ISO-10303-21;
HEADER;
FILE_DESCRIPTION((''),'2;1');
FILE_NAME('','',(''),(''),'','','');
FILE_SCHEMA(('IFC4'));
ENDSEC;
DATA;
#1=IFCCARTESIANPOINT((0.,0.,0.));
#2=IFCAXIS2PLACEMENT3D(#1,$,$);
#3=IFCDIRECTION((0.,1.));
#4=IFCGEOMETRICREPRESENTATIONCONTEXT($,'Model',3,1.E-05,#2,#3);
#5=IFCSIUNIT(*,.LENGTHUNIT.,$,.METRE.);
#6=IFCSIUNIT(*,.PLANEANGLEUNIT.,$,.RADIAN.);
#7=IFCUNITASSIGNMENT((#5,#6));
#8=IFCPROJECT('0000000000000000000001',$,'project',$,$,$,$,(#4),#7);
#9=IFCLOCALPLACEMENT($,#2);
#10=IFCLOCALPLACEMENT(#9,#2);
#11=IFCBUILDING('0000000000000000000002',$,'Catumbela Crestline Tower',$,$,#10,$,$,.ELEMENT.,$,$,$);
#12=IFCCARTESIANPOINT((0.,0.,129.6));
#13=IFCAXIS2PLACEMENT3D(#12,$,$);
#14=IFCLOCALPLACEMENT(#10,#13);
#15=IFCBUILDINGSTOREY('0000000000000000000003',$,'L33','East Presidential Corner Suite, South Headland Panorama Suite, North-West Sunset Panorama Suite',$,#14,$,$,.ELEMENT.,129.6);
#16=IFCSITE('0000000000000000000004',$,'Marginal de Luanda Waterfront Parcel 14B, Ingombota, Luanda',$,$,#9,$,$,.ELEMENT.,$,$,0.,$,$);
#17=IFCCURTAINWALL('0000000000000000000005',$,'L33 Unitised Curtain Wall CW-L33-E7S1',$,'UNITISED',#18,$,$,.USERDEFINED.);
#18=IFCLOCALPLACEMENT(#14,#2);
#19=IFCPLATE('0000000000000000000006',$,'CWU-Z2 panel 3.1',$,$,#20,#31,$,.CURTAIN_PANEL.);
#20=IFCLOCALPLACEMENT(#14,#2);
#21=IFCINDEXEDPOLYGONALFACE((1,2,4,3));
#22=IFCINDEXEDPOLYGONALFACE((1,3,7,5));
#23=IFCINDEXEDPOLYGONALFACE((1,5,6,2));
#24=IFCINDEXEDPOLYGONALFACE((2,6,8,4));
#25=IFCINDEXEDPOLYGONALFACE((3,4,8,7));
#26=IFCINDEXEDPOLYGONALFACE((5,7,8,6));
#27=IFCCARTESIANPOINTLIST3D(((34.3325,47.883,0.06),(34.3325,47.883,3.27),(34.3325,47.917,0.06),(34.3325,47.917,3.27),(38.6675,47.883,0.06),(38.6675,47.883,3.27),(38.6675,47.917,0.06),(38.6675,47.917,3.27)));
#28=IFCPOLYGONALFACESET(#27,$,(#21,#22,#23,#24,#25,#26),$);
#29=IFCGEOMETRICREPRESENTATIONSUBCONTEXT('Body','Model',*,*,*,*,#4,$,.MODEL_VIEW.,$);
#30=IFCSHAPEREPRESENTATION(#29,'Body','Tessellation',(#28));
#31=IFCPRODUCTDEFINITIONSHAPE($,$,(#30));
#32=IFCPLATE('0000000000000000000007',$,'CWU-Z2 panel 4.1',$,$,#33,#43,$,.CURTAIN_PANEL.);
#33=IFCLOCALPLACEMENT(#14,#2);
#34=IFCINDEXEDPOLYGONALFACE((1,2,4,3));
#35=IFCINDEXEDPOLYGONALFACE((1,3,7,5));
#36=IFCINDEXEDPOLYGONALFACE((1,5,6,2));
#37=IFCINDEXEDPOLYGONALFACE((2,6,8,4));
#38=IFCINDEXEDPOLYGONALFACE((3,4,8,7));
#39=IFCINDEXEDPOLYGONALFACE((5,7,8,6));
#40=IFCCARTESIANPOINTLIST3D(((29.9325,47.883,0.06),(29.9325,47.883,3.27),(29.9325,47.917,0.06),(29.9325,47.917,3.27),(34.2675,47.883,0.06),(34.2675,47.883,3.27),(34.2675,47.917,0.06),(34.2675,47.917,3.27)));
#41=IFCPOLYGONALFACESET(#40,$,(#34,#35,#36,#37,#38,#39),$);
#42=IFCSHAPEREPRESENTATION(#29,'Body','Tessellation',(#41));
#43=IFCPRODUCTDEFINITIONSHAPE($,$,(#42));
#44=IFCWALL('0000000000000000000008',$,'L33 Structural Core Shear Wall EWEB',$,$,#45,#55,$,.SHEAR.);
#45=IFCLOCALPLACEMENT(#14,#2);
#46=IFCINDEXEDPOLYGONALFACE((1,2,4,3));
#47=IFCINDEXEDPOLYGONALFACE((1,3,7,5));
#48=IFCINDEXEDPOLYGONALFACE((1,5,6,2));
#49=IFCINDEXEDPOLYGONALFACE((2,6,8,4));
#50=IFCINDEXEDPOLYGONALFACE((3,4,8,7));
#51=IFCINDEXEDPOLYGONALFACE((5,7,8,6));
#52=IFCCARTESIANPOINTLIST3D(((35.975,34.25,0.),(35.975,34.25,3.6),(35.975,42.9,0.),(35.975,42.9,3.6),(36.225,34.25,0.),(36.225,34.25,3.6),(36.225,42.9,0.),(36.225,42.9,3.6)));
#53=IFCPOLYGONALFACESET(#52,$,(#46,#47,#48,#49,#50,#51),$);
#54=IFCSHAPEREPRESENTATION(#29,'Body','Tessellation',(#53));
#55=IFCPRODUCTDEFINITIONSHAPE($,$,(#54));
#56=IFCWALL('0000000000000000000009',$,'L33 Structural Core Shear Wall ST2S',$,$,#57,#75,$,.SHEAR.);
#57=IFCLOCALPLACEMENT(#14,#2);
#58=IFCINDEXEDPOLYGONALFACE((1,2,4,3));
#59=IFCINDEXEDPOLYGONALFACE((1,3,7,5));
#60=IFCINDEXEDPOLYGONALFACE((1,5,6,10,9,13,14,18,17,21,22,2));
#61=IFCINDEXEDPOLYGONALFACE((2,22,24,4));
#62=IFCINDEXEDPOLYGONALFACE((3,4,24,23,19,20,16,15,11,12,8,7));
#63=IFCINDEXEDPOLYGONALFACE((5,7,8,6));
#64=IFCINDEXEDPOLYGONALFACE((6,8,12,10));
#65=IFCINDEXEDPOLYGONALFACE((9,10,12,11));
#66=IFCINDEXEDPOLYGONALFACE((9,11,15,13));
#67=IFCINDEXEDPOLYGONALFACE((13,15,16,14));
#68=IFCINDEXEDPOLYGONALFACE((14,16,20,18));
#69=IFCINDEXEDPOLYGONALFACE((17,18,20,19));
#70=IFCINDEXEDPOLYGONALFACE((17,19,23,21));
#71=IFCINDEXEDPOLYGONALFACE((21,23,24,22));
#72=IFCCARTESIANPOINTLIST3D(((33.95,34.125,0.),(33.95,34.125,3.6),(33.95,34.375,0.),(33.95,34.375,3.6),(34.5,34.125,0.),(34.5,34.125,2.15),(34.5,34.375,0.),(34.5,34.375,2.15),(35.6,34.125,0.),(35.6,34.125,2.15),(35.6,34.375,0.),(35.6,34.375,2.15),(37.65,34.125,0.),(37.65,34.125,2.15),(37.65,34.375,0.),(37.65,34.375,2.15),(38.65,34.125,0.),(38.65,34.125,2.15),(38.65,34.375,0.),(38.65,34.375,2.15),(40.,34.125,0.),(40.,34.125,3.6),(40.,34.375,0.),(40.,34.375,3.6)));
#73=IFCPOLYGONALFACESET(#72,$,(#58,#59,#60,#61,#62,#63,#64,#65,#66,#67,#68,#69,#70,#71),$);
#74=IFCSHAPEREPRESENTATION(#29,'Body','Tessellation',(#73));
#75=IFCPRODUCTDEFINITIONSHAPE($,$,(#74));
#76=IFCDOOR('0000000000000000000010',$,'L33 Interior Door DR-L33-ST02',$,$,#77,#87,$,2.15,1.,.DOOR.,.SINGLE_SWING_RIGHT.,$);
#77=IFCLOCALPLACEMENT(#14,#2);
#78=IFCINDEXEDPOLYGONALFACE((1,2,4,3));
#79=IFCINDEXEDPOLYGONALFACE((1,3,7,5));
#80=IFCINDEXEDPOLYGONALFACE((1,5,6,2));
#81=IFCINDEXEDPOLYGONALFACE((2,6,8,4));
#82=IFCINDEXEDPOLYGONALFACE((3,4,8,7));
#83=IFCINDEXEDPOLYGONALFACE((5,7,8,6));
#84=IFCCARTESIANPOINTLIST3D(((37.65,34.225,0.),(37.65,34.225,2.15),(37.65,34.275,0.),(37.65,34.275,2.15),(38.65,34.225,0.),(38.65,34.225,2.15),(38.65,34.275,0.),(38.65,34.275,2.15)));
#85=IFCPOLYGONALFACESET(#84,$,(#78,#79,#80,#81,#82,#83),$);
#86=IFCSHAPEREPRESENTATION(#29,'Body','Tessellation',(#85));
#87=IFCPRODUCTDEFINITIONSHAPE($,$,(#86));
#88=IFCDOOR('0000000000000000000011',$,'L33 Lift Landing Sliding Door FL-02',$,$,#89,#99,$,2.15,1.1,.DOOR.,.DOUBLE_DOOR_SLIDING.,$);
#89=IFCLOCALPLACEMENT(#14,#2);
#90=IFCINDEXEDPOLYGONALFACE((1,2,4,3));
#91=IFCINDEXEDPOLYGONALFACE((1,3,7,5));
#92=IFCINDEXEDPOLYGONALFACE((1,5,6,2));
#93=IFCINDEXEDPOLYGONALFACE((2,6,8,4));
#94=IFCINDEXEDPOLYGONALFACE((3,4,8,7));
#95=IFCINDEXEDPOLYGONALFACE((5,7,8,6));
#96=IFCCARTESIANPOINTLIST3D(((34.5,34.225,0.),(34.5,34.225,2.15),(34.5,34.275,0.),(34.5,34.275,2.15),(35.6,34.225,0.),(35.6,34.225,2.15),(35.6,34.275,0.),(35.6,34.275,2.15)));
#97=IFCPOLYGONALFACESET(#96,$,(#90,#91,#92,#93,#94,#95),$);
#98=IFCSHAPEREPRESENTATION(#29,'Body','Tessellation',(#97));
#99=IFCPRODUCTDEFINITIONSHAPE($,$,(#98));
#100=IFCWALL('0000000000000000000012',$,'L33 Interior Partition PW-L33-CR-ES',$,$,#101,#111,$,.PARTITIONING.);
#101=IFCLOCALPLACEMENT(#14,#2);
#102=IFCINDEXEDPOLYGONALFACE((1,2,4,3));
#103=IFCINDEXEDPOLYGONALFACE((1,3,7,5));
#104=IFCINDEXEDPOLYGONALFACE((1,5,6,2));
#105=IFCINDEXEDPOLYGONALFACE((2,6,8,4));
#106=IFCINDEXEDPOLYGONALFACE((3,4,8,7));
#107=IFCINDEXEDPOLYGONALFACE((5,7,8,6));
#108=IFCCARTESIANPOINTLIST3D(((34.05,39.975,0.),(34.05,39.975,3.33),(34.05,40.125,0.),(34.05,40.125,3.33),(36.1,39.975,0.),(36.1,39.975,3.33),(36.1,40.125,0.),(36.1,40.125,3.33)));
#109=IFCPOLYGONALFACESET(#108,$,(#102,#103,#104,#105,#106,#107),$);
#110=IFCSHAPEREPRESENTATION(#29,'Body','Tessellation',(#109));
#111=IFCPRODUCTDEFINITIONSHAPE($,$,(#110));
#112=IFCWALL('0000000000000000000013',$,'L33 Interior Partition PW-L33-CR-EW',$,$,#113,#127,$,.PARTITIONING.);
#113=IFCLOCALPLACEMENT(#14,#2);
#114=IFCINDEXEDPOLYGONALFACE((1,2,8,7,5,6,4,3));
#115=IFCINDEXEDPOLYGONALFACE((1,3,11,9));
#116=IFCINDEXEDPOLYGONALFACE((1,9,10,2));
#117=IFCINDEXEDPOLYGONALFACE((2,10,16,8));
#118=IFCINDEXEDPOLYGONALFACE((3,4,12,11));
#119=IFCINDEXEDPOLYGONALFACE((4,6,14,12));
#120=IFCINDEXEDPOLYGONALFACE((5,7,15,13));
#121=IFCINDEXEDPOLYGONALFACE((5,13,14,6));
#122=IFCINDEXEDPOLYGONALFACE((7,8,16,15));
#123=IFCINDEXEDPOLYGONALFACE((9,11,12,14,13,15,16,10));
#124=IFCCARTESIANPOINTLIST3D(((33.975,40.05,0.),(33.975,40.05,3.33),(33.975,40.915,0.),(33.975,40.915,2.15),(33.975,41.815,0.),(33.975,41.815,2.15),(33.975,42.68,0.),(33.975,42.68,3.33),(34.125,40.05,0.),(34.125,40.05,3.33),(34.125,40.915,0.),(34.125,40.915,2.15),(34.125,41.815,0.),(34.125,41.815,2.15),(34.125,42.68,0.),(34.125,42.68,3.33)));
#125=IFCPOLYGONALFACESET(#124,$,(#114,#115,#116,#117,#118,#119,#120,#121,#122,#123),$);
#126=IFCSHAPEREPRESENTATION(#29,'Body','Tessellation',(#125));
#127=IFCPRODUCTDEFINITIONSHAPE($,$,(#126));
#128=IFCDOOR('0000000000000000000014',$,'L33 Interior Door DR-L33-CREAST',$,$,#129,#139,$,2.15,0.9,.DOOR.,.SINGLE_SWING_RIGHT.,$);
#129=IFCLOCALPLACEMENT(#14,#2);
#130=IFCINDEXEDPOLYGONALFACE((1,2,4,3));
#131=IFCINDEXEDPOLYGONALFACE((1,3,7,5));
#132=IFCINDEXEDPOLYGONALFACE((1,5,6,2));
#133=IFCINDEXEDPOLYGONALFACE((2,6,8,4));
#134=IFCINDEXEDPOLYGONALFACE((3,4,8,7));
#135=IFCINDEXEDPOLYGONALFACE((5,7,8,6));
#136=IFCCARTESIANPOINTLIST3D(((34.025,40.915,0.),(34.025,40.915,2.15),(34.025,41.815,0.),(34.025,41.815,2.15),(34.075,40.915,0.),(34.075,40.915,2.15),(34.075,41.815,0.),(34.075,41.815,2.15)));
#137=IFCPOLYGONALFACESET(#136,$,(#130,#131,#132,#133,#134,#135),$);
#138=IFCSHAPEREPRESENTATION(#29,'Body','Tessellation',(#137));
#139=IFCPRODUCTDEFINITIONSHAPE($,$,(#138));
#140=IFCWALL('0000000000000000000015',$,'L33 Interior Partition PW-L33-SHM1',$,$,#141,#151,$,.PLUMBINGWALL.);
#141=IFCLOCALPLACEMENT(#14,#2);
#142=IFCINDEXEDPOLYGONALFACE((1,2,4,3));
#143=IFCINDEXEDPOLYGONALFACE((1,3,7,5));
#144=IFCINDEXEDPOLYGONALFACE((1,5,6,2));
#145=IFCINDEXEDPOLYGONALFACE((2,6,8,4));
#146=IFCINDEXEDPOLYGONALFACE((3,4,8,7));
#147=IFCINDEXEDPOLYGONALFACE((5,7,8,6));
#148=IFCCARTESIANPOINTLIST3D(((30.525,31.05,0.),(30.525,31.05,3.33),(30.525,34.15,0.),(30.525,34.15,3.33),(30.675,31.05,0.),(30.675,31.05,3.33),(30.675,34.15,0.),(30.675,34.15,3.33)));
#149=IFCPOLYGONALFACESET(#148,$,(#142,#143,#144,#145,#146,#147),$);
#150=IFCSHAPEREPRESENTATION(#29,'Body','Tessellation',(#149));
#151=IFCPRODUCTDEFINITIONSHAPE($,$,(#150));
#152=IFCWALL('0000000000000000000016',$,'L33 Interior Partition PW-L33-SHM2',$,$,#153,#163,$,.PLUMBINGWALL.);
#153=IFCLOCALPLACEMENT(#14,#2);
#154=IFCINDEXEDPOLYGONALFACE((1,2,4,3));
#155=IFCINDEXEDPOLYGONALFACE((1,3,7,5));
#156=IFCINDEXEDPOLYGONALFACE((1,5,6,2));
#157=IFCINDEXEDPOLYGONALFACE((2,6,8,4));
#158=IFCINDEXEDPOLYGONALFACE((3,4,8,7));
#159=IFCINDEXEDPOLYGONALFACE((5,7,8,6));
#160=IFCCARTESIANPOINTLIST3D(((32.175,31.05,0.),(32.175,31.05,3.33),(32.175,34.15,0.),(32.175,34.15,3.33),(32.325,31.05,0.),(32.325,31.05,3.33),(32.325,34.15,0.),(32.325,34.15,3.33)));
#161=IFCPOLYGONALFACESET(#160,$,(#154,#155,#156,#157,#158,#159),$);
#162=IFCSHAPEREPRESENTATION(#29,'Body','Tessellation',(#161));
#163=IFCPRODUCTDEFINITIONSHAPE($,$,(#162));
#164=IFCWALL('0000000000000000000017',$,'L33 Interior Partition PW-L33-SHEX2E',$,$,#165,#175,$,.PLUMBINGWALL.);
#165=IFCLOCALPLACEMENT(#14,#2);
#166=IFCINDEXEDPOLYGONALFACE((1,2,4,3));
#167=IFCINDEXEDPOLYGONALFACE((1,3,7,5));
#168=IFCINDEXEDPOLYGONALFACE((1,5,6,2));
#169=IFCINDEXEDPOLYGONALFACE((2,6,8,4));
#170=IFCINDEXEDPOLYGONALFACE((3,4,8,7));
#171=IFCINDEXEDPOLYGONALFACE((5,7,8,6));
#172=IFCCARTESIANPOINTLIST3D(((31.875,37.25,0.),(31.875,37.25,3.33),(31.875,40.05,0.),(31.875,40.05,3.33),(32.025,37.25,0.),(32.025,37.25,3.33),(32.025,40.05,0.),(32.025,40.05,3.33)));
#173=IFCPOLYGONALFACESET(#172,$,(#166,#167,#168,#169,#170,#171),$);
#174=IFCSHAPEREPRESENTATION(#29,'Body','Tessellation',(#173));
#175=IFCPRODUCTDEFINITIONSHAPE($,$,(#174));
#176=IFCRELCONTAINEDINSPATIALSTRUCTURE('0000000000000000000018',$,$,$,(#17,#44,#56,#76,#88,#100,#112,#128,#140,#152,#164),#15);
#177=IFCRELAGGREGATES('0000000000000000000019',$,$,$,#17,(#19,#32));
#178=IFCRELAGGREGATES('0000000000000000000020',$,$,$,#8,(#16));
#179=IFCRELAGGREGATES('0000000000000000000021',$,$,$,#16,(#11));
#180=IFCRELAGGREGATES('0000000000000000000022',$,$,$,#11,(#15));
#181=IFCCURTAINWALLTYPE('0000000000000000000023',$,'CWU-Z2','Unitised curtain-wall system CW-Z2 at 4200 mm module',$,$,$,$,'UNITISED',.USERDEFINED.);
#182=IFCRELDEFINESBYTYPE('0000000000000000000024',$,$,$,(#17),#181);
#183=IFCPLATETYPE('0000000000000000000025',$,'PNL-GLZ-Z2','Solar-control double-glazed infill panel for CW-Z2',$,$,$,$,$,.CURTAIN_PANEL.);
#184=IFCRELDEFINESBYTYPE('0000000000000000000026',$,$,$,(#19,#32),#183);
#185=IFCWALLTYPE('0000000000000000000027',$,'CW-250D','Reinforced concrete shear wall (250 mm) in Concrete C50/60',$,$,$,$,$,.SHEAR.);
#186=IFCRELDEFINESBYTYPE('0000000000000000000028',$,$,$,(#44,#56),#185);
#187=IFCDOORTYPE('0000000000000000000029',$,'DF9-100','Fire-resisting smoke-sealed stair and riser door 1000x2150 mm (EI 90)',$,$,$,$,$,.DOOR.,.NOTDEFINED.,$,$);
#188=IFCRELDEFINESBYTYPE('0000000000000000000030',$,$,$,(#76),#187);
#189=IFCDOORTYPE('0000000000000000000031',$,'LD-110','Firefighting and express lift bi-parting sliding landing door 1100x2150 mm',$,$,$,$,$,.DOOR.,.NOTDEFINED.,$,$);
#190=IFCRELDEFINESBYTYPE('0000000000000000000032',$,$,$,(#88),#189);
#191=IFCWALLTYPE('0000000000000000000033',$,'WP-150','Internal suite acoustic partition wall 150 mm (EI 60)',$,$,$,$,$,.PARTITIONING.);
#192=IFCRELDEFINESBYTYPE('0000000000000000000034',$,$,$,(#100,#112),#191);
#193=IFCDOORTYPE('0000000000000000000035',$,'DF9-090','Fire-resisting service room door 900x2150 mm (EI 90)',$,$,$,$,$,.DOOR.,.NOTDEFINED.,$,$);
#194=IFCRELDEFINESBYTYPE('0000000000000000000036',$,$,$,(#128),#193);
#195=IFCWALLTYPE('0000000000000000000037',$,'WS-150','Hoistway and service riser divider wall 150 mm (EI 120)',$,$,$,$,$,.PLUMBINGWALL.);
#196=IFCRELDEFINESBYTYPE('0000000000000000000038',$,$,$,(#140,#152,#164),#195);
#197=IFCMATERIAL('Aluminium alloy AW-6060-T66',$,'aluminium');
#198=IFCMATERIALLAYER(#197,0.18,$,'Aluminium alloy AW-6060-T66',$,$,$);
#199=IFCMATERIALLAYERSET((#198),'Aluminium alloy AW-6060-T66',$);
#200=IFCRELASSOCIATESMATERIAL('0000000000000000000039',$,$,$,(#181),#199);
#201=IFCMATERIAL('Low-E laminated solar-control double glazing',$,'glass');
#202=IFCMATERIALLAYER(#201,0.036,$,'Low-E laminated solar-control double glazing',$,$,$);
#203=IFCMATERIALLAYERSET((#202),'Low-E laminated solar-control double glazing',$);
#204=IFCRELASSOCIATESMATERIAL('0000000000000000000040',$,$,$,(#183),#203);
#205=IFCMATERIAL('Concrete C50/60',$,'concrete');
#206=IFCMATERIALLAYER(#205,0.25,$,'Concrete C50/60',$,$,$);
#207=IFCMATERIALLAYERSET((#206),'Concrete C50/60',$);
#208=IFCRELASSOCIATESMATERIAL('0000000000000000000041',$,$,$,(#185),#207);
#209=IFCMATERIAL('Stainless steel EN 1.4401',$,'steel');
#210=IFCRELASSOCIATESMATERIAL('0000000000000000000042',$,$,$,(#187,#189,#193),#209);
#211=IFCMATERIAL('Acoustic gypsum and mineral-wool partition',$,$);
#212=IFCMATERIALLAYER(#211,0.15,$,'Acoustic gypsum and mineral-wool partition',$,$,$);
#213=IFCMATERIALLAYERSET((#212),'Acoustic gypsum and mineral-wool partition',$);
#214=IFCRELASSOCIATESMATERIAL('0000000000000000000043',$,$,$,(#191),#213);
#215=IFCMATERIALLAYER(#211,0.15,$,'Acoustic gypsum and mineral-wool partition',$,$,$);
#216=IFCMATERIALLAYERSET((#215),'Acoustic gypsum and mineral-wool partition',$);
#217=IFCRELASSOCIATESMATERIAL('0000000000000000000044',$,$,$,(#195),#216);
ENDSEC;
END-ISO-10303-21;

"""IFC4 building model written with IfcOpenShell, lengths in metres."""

from ifc_helpers import new_model, si_unit, direction, frame, frame_2d, origin, origin_2d, place, context, subcontext, project, spatial, rectangle, extrude, material, layer, layer_set, type_object, element, fill, aggregate, save


model = new_model("IFC4")

# Units and contexts
model_context = context("Model", 3, precision=1e-05, world=origin(), true_north=direction((0.0, 1.0)))
body_context = subcontext(model_context, "Body", "Model", "MODEL_VIEW")
ifc_project = project(units=[si_unit("LENGTHUNIT", "METRE"), si_unit("PLANEANGLEUNIT", "RADIAN")], contexts=[model_context])

# Site, building, storey
site_placement = place(None, origin())
site = spatial("IfcSite", under=ifc_project, at=site_placement, Name="Marginal de Luanda Waterfront Parcel 14B, Ingombota, Luanda", CompositionType="ELEMENT", RefElevation=0.0)
building_placement = place(site_placement, origin())
building = spatial("IfcBuilding", under=site, at=building_placement, Name="Catumbela Crestline Tower", CompositionType="ELEMENT")
storey_placement = place(building_placement, frame((0.0, 0.0, 129.6)))
storey = spatial("IfcBuildingStorey", under=building, at=storey_placement, Name="L33", Description="East Presidential Corner Suite, South Headland Panorama Suite, North-West Sunset Panorama Suite", CompositionType="ELEMENT", Elevation=129.6)

# Curtain wall
ifc_material_1 = material(Name="Aluminium alloy AW-6060-T66", Category="aluminium")
ifc_layer_1 = layer(ifc_material_1, 0.18, Name="Aluminium alloy AW-6060-T66")
ifc_layer_set_1 = layer_set([ifc_layer_1], Name="Aluminium alloy AW-6060-T66")
curtain_wall_type = type_object("IfcCurtainWallType", Name="CWU-Z2", Description="Unitised curtain-wall system CW-Z2 at 4200 mm module", ElementType="UNITISED", PredefinedType="USERDEFINED", material=ifc_layer_set_1)
curtain_wall_placement = place(storey_placement, origin())
curtain_wall = element("IfcCurtainWall", 1, at=curtain_wall_placement, inside=storey, type_object=curtain_wall_type, Name="L33 Unitised Curtain Wall CW-L33-E7S1", ObjectType="UNITISED", PredefinedType="USERDEFINED")

# Plates
ifc_material_2 = material(Name="Low-E laminated solar-control double glazing", Category="glass")
ifc_layer_2 = layer(ifc_material_2, 0.036, Name="Low-E laminated solar-control double glazing")
ifc_layer_set_2 = layer_set([ifc_layer_2], Name="Low-E laminated solar-control double glazing")
plate_type = type_object("IfcPlateType", Name="PNL-GLZ-Z2", Description="Solar-control double-glazed infill panel for CW-Z2", PredefinedType="CURTAIN_PANEL", material=ifc_layer_set_2)
plate_1_placement = place(storey_placement, frame((36.5, 47.9, 0.06), z_axis=(0.0, 0.0, 1.0), x_axis=(-1.0, 0.0, 0.0)))
plate_1 = element("IfcPlate", 2, at=plate_1_placement, type_object=plate_type, Name="CWU-Z2 panel 3.1", PredefinedType="CURTAIN_PANEL", context=body_context, shape_type="SweptSolid", body=[
    extrude(rectangle(XDim=4.335, YDim=0.034, at=origin_2d()), origin(), (0.0, 0.0, 1.0), 3.21),
])
plate_2_placement = place(storey_placement, frame((32.1, 47.9, 0.06), z_axis=(0.0, 0.0, 1.0), x_axis=(-1.0, 0.0, 0.0)))
plate_2 = element("IfcPlate", 3, at=plate_2_placement, type_object=plate_type, Name="CWU-Z2 panel 4.1", PredefinedType="CURTAIN_PANEL", context=body_context, shape_type="SweptSolid", body=[
    extrude(rectangle(XDim=4.335, YDim=0.034, at=origin_2d()), origin(), (0.0, 0.0, 1.0), 3.21),
])
aggregate(curtain_wall, [plate_1, plate_2])

# Wall
ifc_material_3 = material(Name="Concrete C50/60", Category="concrete")
ifc_layer_3 = layer(ifc_material_3, 0.25, Name="Concrete C50/60")
ifc_layer_set_3 = layer_set([ifc_layer_3], Name="Concrete C50/60")
wall_type_1 = type_object("IfcWallType", Name="CW-250D", Description="Reinforced concrete shear wall (250 mm) in Concrete C50/60", PredefinedType="SHEAR", material=ifc_layer_set_3)
wall_1_placement = place(storey_placement, frame((36.1, 34.25, 0.0), z_axis=(0.0, 0.0, 1.0), x_axis=(0.0, 1.0, 0.0)))
element("IfcWall", 4, at=wall_1_placement, inside=storey, type_object=wall_type_1, Name="L33 Structural Core Shear Wall EWEB", PredefinedType="SHEAR", context=body_context, shape_type="SweptSolid", body=[
    extrude(rectangle(XDim=8.65, YDim=0.25, at=frame_2d((4.325, 0.0))), origin(), (0.0, 0.0, 1.0), 3.6),
])

# Wall, openings, doors
wall_2_placement = place(storey_placement, frame((33.95, 34.25, 0.0), z_axis=(0.0, 0.0, 1.0), x_axis=(1.0, 0.0, 0.0)))
wall_2 = element("IfcWall", 5, at=wall_2_placement, inside=storey, type_object=wall_type_1, Name="L33 Structural Core Shear Wall ST2S", PredefinedType="SHEAR", context=body_context, shape_type="SweptSolid", body=[
    extrude(rectangle(XDim=6.05, YDim=0.25, at=frame_2d((3.025, 0.0))), origin(), (0.0, 0.0, 1.0), 3.6),
])
opening_1_placement = place(wall_2_placement, frame((3.7, 0.0, 0.0)))
opening_1 = element("IfcOpeningElement", 6, at=opening_1_placement, cuts=wall_2, PredefinedType="OPENING", context=body_context, shape_type="SweptSolid", body=[
    extrude(rectangle(XDim=1.0, YDim=2.15, at=frame_2d((0.5, 1.075))), frame((0.0, 0.135, 0.0), z_axis=(0.0, -1.0, 0.0), x_axis=(1.0, 0.0, 0.0)), (0.0, 0.0, 1.0), 0.27),
])
opening_2_placement = place(wall_2_placement, frame((0.55, 0.0, 0.0)))
opening_2 = element("IfcOpeningElement", 7, at=opening_2_placement, cuts=wall_2, PredefinedType="OPENING", context=body_context, shape_type="SweptSolid", body=[
    extrude(rectangle(XDim=1.1, YDim=2.15, at=frame_2d((0.55, 1.075))), frame((0.0, 0.135, 0.0), z_axis=(0.0, -1.0, 0.0), x_axis=(1.0, 0.0, 0.0)), (0.0, 0.0, 1.0), 0.27),
])
ifc_material_4 = material(Name="Stainless steel EN 1.4401", Category="steel")
door_type_1 = type_object("IfcDoorType", Name="DF9-100", Description="Fire-resisting smoke-sealed stair and riser door 1000x2150 mm (EI 90)", OperationType="NOTDEFINED", PredefinedType="DOOR", material=ifc_material_4)
door_1_placement = place(opening_1_placement, origin())
door_1 = element("IfcDoor", 8, at=door_1_placement, inside=storey, type_object=door_type_1, Name="L33 Interior Door DR-L33-ST02", OperationType="SINGLE_SWING_RIGHT", OverallHeight=2.15, OverallWidth=1.0, PredefinedType="DOOR", context=body_context, shape_type="SweptSolid", body=[
    extrude(rectangle(XDim=1.0, YDim=2.15, at=frame_2d((0.5, 1.075))), frame((0.0, 0.025, 0.0), z_axis=(0.0, -1.0, 0.0), x_axis=(1.0, 0.0, 0.0)), (0.0, 0.0, 1.0), 0.05),
])
fill(opening_1, door_1)
door_type_2 = type_object("IfcDoorType", Name="LD-110", Description="Firefighting and express lift bi-parting sliding landing door 1100x2150 mm", OperationType="NOTDEFINED", PredefinedType="DOOR", material=ifc_material_4)
door_2_placement = place(opening_2_placement, origin())
door_2 = element("IfcDoor", 9, at=door_2_placement, inside=storey, type_object=door_type_2, Name="L33 Lift Landing Sliding Door FL-02", OperationType="DOUBLE_DOOR_SLIDING", OverallHeight=2.15, OverallWidth=1.1, PredefinedType="DOOR", context=body_context, shape_type="SweptSolid", body=[
    extrude(rectangle(XDim=1.1, YDim=2.15, at=frame_2d((0.55, 1.075))), frame((0.0, 0.025, 0.0), z_axis=(0.0, -1.0, 0.0), x_axis=(1.0, 0.0, 0.0)), (0.0, 0.0, 1.0), 0.05),
])
fill(opening_2, door_2)

# Wall
ifc_material_5 = material(Name="Acoustic gypsum and mineral-wool partition")
ifc_layer_4 = layer(ifc_material_5, 0.15, Name="Acoustic gypsum and mineral-wool partition")
ifc_layer_set_4 = layer_set([ifc_layer_4], Name="Acoustic gypsum and mineral-wool partition")
wall_type_2 = type_object("IfcWallType", Name="WP-150", Description="Internal suite acoustic partition wall 150 mm (EI 60)", PredefinedType="PARTITIONING", material=ifc_layer_set_4)
wall_3_placement = place(storey_placement, frame((34.05, 40.05, 0.0), z_axis=(0.0, 0.0, 1.0), x_axis=(1.0, 0.0, 0.0)))
element("IfcWall", 10, at=wall_3_placement, inside=storey, type_object=wall_type_2, Name="L33 Interior Partition PW-L33-CR-ES", PredefinedType="PARTITIONING", context=body_context, shape_type="SweptSolid", body=[
    extrude(rectangle(XDim=2.05, YDim=0.15, at=frame_2d((1.025, 0.0))), origin(), (0.0, 0.0, 1.0), 3.33),
])

# Wall, opening, door
wall_4_placement = place(storey_placement, frame((34.05, 40.05, 0.0), z_axis=(0.0, 0.0, 1.0), x_axis=(0.0, 1.0, 0.0)))
wall_4 = element("IfcWall", 11, at=wall_4_placement, inside=storey, type_object=wall_type_2, Name="L33 Interior Partition PW-L33-CR-EW", PredefinedType="PARTITIONING", context=body_context, shape_type="SweptSolid", body=[
    extrude(rectangle(XDim=2.63, YDim=0.15, at=frame_2d((1.315, 0.0))), origin(), (0.0, 0.0, 1.0), 3.33),
])
opening_3_placement = place(wall_4_placement, frame((0.865, 0.0, 0.0)))
opening_3 = element("IfcOpeningElement", 12, at=opening_3_placement, cuts=wall_4, PredefinedType="OPENING", context=body_context, shape_type="SweptSolid", body=[
    extrude(rectangle(XDim=0.9, YDim=2.15, at=frame_2d((0.45, 1.075))), frame((0.0, 0.085, 0.0), z_axis=(0.0, -1.0, 0.0), x_axis=(1.0, 0.0, 0.0)), (0.0, 0.0, 1.0), 0.17),
])
door_type_3 = type_object("IfcDoorType", Name="DF9-090", Description="Fire-resisting service room door 900x2150 mm (EI 90)", OperationType="NOTDEFINED", PredefinedType="DOOR", material=ifc_material_4)
door_3_placement = place(opening_3_placement, origin())
door_3 = element("IfcDoor", 13, at=door_3_placement, inside=storey, type_object=door_type_3, Name="L33 Interior Door DR-L33-CREAST", OperationType="SINGLE_SWING_RIGHT", OverallHeight=2.15, OverallWidth=0.9, PredefinedType="DOOR", context=body_context, shape_type="SweptSolid", body=[
    extrude(rectangle(XDim=0.9, YDim=2.15, at=frame_2d((0.45, 1.075))), frame((0.0, 0.025, 0.0), z_axis=(0.0, -1.0, 0.0), x_axis=(1.0, 0.0, 0.0)), (0.0, 0.0, 1.0), 0.05),
])
fill(opening_3, door_3)

# Walls
ifc_layer_5 = layer(ifc_material_5, 0.15, Name="Acoustic gypsum and mineral-wool partition")
ifc_layer_set_5 = layer_set([ifc_layer_5], Name="Acoustic gypsum and mineral-wool partition")
wall_type_3 = type_object("IfcWallType", Name="WS-150", Description="Hoistway and service riser divider wall 150 mm (EI 120)", PredefinedType="PLUMBINGWALL", material=ifc_layer_set_5)
for number, where, z_axis, x_axis, name in (
    (14, (30.6, 31.05, 0.0), (0.0, 0.0, 1.0), (0.0, 1.0, 0.0), "L33 Interior Partition PW-L33-SHM1"),
    (15, (32.25, 31.05, 0.0), (0.0, 0.0, 1.0), (0.0, 1.0, 0.0), "L33 Interior Partition PW-L33-SHM2"),
):
    element("IfcWall", number, at=place(storey_placement, frame(where, z_axis=z_axis, x_axis=x_axis)), inside=storey, type_object=wall_type_3, Name=name, PredefinedType="PLUMBINGWALL", context=body_context, shape_type="SweptSolid", body=[
        extrude(rectangle(XDim=3.1, YDim=0.15, at=frame_2d((1.55, 0.0))), origin(), (0.0, 0.0, 1.0), 3.33),
    ])
wall_5_placement = place(storey_placement, frame((31.95, 37.25, 0.0), z_axis=(0.0, 0.0, 1.0), x_axis=(0.0, 1.0, 0.0)))
element("IfcWall", 16, at=wall_5_placement, inside=storey, type_object=wall_type_3, Name="L33 Interior Partition PW-L33-SHEX2E", PredefinedType="PLUMBINGWALL", context=body_context, shape_type="SweptSolid", body=[
    extrude(rectangle(XDim=2.8, YDim=0.15, at=frame_2d((1.4, 0.0))), origin(), (0.0, 0.0, 1.0), 3.33),
])

save(model, "model.ifc")
